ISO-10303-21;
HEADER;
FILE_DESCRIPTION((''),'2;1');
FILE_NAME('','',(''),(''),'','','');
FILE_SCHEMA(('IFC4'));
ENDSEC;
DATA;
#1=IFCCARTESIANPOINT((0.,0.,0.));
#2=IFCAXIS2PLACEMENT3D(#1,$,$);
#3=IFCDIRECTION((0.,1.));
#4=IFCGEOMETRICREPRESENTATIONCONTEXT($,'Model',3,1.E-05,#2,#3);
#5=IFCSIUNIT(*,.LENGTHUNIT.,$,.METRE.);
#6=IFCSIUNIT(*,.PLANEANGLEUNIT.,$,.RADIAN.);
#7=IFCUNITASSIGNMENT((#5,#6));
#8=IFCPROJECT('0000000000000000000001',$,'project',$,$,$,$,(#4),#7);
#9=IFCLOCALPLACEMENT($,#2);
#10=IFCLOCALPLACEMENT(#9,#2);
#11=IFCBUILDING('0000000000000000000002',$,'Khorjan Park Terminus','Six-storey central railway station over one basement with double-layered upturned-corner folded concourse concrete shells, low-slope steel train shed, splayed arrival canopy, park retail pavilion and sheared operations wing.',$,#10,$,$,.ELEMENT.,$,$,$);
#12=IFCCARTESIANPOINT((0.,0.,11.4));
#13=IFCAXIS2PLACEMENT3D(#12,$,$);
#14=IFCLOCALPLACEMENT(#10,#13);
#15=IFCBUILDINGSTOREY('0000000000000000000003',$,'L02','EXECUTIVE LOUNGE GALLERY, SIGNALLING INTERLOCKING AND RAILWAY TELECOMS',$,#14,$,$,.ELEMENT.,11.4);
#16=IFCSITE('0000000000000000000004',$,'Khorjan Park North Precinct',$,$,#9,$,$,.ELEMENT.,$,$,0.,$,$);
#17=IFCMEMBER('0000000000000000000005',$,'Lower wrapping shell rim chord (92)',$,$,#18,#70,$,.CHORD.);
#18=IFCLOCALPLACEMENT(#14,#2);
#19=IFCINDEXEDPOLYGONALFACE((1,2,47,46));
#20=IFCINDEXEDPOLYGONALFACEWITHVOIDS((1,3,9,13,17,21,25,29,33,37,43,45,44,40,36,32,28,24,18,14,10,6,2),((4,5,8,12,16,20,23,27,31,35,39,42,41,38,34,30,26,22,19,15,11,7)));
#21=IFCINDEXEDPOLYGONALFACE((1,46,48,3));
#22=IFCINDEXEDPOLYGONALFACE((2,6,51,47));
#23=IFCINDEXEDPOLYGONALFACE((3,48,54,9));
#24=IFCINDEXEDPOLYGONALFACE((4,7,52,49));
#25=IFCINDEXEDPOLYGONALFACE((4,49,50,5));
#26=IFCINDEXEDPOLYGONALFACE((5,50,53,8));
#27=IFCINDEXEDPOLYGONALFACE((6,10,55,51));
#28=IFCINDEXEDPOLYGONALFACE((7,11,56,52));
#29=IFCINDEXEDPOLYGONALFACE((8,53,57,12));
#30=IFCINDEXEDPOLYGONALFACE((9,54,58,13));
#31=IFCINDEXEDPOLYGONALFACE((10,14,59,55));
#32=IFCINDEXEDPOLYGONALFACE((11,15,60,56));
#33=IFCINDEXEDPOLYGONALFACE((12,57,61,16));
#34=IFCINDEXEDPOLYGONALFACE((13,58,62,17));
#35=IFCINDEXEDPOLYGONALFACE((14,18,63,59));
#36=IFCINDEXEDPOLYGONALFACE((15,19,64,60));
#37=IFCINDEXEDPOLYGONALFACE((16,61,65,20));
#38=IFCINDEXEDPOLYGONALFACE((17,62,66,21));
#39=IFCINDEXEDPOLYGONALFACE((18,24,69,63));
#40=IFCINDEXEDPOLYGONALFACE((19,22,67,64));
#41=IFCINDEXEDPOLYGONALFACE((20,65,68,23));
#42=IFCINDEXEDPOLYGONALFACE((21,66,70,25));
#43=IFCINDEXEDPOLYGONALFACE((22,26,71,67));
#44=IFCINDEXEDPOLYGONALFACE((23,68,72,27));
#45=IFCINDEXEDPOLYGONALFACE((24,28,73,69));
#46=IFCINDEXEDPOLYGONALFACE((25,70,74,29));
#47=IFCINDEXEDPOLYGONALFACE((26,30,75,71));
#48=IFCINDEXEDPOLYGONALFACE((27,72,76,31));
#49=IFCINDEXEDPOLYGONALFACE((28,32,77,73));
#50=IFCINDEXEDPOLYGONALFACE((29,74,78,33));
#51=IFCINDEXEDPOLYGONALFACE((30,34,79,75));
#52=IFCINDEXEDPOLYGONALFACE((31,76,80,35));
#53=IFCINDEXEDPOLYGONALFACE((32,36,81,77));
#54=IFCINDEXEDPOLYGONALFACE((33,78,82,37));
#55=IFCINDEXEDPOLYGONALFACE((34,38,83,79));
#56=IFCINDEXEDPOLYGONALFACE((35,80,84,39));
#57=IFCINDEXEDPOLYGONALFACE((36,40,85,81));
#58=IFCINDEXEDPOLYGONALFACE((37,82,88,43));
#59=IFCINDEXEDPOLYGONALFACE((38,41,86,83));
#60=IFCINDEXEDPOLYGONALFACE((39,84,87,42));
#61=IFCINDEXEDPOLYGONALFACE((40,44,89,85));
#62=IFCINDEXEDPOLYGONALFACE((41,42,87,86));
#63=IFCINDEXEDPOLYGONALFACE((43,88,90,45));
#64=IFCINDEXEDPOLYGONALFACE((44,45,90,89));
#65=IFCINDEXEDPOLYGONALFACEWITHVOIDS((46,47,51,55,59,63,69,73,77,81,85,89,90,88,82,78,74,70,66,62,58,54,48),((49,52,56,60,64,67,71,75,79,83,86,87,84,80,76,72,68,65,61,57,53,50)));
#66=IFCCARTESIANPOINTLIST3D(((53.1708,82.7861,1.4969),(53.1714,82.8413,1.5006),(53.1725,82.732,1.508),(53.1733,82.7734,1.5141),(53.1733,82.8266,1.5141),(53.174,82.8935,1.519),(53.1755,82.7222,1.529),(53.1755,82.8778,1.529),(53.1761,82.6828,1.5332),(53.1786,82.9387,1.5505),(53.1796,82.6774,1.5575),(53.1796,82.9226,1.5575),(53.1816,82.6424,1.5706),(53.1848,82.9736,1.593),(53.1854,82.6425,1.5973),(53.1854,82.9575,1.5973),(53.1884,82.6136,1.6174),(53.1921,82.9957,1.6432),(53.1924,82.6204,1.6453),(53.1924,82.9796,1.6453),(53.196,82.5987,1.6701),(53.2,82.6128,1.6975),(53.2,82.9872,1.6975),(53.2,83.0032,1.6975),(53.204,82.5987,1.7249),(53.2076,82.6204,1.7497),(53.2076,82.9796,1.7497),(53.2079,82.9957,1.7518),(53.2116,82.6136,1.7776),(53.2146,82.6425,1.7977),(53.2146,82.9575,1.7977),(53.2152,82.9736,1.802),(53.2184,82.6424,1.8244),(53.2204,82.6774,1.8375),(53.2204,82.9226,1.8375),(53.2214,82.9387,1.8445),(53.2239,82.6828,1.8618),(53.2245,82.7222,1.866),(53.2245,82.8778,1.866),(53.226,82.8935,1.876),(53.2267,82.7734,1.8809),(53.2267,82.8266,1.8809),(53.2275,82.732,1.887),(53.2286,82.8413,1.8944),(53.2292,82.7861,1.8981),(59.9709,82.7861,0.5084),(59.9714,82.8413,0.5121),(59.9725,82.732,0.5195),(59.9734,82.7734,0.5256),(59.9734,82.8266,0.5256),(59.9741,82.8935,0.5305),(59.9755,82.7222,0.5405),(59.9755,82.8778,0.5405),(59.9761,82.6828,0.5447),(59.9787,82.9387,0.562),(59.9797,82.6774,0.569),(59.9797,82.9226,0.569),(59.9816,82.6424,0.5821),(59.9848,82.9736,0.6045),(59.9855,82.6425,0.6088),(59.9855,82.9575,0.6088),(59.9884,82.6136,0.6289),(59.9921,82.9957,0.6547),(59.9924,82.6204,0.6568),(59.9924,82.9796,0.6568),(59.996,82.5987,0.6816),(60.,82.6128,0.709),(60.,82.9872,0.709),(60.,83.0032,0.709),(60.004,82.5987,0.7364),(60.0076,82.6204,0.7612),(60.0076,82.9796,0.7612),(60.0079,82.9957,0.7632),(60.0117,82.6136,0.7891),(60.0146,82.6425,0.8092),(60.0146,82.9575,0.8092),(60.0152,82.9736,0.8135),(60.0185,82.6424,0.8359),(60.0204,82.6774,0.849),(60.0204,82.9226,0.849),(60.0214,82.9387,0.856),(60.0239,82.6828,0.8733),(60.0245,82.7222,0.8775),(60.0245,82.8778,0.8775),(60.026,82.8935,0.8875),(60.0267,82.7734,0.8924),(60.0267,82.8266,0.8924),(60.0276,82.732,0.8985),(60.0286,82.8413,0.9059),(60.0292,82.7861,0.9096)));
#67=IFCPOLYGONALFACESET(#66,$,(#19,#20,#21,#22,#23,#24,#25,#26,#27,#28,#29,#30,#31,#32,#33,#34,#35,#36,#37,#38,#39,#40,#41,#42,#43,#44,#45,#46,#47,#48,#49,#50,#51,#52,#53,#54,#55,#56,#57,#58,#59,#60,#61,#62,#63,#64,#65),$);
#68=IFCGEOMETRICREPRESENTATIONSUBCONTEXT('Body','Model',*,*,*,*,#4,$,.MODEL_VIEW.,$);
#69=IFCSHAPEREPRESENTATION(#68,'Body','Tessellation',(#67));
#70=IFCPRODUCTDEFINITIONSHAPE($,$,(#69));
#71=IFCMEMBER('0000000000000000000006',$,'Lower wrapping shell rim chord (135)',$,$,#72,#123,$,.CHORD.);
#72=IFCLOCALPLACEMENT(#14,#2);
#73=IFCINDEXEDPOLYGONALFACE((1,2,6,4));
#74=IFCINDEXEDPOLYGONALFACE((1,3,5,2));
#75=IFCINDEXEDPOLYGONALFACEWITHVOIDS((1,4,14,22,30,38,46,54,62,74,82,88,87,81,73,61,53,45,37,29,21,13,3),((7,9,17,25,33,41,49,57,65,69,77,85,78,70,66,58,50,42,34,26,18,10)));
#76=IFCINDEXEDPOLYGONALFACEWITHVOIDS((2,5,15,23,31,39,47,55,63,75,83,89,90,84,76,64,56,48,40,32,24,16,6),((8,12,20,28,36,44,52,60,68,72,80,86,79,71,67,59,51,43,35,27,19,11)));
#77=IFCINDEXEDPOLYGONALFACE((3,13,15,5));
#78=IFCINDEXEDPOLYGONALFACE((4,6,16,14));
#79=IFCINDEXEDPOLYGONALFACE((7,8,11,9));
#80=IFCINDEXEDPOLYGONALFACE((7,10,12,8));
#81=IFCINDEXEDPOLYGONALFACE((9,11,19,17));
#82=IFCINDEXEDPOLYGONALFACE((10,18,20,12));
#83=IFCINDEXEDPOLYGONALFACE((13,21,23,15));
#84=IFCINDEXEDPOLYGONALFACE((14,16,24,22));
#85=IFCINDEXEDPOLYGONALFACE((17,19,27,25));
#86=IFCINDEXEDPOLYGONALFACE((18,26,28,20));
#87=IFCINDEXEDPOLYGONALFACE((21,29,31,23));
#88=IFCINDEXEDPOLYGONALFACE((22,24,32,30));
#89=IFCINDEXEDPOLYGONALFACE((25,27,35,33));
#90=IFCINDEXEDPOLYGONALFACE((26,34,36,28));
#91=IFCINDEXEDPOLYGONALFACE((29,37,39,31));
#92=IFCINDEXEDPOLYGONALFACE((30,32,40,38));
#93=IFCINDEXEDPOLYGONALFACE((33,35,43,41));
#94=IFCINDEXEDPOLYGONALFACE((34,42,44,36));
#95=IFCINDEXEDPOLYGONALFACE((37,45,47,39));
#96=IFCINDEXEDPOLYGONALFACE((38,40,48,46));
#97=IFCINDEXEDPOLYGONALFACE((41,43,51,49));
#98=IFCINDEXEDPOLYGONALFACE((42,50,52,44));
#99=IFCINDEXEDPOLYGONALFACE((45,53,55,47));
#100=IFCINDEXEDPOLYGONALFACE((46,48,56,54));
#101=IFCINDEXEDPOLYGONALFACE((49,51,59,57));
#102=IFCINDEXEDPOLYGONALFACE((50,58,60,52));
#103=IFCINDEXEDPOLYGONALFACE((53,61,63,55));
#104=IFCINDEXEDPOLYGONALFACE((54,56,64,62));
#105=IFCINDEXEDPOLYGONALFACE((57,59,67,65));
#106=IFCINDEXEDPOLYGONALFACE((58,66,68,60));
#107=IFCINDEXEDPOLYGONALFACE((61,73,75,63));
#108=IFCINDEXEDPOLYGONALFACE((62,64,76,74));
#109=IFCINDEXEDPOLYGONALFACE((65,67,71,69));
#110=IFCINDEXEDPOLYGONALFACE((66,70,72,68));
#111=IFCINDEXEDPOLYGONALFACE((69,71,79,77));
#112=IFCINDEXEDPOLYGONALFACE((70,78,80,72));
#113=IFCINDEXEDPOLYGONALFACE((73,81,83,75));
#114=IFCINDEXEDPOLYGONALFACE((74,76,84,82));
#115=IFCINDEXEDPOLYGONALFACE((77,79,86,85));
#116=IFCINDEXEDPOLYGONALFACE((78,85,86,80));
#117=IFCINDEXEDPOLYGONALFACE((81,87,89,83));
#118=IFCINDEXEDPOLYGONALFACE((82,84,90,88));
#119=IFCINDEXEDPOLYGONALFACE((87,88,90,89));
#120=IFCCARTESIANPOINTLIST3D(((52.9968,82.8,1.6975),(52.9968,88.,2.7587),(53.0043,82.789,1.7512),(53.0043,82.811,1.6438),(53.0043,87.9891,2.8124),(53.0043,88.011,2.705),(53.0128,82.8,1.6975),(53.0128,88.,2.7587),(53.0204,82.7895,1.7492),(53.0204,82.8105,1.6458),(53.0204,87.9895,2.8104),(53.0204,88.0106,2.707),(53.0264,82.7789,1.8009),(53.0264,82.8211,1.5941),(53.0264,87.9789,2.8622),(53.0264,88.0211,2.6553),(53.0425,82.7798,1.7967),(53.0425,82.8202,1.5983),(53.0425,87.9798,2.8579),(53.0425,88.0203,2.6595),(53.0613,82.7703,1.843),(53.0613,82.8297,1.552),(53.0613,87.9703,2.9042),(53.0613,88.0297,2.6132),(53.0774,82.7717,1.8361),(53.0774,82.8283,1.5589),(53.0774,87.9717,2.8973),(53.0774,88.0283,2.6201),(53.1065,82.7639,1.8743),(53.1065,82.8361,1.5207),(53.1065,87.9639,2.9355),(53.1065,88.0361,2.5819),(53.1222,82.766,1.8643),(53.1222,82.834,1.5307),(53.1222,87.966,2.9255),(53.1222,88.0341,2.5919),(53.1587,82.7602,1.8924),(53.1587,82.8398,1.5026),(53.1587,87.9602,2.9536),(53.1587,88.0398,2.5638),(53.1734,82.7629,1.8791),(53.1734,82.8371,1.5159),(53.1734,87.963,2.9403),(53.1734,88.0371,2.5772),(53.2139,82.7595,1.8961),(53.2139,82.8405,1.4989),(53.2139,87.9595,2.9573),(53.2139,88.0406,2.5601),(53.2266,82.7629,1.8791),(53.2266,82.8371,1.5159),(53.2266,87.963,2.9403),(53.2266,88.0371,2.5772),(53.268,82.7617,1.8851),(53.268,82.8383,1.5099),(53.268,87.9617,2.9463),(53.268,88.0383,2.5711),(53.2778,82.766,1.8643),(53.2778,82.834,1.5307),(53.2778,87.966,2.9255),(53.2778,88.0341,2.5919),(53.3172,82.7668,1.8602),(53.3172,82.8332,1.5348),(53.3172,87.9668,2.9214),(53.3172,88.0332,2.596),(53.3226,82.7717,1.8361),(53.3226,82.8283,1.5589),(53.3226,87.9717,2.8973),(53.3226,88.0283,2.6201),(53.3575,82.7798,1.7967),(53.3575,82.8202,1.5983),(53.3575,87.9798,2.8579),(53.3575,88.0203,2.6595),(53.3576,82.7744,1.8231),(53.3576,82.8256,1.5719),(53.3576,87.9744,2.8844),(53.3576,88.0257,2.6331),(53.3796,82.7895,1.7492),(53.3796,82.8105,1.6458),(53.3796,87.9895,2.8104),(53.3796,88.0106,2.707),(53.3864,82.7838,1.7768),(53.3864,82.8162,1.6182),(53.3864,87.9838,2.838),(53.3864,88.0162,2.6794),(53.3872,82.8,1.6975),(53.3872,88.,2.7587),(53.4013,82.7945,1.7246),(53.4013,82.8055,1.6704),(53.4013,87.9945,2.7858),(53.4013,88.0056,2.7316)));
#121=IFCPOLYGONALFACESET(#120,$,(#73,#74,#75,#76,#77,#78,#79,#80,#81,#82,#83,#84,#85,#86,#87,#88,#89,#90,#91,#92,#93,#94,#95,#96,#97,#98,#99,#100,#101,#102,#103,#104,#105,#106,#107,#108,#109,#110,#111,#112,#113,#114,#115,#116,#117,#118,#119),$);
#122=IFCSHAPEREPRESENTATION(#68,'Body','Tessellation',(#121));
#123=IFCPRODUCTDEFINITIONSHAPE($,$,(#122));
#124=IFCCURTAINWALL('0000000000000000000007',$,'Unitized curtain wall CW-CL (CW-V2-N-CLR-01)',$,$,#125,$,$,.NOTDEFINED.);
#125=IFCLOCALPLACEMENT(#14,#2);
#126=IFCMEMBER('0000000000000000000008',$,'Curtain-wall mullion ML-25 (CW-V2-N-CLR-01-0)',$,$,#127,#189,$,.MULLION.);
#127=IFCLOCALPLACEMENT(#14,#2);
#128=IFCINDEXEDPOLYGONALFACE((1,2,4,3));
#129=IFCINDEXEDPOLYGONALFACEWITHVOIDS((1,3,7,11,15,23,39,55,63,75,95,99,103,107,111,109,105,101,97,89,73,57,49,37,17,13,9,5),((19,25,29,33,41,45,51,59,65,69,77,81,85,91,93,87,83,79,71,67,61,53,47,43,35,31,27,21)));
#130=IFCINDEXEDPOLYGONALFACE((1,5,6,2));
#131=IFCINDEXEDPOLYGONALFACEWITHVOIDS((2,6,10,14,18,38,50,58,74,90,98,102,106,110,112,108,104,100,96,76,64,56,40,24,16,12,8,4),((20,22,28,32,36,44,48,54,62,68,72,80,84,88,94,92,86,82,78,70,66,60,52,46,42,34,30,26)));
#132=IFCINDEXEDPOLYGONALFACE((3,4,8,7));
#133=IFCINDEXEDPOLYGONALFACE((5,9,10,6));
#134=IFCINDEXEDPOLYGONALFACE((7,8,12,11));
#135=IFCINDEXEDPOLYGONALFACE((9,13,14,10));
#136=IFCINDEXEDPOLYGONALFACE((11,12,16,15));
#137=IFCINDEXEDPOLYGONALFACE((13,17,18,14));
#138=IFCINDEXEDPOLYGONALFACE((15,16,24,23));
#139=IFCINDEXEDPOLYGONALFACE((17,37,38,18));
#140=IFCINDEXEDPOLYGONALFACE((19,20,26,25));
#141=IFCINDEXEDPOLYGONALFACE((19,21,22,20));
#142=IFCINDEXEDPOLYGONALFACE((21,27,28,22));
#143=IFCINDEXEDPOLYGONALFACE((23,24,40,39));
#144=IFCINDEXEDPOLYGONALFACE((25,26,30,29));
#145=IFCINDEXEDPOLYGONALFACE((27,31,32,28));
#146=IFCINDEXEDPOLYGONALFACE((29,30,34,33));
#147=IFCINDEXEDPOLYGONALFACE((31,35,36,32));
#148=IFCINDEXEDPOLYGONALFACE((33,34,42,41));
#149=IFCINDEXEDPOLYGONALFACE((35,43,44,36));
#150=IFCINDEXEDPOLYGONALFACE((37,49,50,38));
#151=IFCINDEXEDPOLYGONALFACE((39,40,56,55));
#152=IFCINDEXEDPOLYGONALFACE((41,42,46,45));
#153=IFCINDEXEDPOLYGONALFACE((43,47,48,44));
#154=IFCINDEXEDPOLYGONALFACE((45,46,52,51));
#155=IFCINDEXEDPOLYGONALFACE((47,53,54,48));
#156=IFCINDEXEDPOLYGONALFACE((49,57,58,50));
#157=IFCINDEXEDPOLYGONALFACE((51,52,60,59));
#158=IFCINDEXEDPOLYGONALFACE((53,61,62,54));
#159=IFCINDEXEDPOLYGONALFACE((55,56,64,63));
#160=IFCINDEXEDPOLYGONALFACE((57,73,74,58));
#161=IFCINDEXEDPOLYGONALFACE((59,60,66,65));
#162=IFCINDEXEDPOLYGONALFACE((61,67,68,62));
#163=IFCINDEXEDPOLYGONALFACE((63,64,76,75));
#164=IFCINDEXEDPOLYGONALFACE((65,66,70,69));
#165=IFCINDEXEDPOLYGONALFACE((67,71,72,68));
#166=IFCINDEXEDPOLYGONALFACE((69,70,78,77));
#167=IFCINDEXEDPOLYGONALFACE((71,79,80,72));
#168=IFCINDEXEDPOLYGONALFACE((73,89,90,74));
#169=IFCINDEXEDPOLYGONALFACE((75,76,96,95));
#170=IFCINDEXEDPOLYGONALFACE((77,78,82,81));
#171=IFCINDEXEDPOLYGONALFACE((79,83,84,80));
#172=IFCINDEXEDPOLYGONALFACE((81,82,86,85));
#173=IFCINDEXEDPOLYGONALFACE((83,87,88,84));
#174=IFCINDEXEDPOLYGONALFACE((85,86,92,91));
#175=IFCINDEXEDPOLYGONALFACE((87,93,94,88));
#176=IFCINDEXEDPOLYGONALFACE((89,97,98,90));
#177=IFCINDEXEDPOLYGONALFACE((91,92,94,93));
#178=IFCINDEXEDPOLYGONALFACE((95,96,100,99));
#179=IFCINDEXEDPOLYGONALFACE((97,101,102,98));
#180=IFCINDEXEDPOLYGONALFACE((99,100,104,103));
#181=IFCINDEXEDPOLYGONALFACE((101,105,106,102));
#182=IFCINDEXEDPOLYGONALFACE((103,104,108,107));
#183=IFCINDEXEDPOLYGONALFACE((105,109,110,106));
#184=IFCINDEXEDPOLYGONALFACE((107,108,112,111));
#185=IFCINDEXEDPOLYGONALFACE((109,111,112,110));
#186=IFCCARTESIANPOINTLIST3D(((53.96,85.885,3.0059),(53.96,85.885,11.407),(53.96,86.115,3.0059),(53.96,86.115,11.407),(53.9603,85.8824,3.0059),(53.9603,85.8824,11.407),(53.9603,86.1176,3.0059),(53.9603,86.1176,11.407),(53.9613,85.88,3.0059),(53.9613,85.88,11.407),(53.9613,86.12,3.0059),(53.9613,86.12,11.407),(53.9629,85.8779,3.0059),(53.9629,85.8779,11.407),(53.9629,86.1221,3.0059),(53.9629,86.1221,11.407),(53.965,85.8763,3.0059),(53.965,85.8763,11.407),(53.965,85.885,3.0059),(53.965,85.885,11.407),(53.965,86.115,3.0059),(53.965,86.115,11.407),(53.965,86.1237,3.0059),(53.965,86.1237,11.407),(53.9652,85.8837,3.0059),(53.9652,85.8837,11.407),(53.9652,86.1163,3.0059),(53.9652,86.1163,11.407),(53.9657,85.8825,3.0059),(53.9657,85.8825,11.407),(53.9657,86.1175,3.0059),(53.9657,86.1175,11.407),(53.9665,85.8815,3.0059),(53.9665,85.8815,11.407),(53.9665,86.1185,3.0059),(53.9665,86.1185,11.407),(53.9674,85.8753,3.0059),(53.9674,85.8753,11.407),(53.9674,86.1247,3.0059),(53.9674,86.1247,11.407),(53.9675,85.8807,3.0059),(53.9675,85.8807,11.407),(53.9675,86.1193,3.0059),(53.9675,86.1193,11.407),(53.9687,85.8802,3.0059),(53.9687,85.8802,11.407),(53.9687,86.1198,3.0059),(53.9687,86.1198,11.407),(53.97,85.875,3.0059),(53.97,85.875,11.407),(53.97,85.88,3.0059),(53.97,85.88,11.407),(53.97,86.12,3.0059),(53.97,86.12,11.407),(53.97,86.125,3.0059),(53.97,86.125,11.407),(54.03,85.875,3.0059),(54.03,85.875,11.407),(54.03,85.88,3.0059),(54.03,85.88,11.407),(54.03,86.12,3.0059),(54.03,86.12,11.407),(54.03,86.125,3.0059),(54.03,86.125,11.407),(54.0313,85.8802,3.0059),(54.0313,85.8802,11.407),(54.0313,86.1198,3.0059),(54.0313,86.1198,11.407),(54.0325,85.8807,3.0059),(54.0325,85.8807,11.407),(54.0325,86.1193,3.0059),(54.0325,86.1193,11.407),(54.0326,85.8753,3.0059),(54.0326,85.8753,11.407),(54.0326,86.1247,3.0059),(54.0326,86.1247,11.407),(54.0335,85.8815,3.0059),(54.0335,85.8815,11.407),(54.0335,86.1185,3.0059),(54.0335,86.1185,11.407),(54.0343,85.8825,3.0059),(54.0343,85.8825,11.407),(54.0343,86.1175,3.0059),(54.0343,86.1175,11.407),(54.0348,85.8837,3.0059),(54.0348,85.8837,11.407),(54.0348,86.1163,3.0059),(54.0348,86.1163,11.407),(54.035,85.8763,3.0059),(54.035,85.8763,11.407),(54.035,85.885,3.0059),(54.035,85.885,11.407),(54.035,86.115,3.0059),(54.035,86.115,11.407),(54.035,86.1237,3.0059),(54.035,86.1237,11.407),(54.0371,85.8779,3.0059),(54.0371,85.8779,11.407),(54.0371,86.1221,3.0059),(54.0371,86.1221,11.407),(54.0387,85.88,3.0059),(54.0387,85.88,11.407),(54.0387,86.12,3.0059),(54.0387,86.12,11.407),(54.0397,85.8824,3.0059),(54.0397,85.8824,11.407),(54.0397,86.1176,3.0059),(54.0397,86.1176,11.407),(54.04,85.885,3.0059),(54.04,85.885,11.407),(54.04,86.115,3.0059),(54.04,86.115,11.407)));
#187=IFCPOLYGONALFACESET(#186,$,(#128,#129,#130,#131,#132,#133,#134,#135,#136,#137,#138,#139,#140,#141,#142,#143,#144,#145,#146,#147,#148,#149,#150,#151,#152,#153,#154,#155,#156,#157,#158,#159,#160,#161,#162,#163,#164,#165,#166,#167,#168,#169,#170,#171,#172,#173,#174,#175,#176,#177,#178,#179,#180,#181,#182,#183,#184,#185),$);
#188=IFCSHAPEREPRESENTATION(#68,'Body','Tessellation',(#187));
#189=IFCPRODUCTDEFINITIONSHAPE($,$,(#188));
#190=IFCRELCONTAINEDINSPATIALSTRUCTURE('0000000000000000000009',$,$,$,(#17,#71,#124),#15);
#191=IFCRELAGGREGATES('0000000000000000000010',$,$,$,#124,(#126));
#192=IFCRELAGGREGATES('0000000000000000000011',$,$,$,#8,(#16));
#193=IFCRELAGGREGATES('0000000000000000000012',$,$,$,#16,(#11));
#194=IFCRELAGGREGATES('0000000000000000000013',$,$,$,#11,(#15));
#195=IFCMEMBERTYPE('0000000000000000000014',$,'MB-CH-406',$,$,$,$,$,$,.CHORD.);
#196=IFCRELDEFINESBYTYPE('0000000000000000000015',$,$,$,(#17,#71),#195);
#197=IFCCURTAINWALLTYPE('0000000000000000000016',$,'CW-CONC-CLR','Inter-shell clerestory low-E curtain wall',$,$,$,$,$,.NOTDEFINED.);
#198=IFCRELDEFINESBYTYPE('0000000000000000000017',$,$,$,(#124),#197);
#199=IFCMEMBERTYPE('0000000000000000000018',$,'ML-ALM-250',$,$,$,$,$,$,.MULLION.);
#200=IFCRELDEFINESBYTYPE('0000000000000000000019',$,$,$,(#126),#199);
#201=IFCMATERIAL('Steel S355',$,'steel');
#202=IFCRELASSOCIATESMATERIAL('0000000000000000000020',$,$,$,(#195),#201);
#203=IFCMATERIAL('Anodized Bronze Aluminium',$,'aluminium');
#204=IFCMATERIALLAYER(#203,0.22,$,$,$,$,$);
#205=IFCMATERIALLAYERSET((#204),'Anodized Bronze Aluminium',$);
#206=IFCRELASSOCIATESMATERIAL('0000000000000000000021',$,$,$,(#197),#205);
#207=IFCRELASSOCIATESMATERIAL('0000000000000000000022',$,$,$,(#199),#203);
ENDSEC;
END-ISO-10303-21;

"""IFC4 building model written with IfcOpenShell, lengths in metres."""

from ifc_helpers import new_model, si_unit, direction, frame, origin, origin_2d, place, context, subcontext, project, spatial, hollow_rectangle, hollow_circle, extrude, material, layer, layer_set, material_profile, profile_set, type_object, element, aggregate, save


model = new_model("IFC4")

# Units and contexts
model_context = context("Model", 3, precision=1e-05, world=origin(), true_north=direction((0.0, 1.0)))
body_context = subcontext(model_context, "Body", "Model", "MODEL_VIEW")
ifc_project = project(units=[si_unit("LENGTHUNIT", "METRE"), si_unit("PLANEANGLEUNIT", "RADIAN")], contexts=[model_context])

# Site, building, storey
site_placement = place(None, origin())
site = spatial("IfcSite", under=ifc_project, at=site_placement, Name="Khorjan Park North Precinct", CompositionType="ELEMENT", RefElevation=0.0)
building_placement = place(site_placement, origin())
building = spatial("IfcBuilding", under=site, at=building_placement, Name="Khorjan Park Terminus", Description="Six-storey central railway station over one basement with double-layered upturned-corner folded concourse concrete shells, low-slope steel train shed, splayed arrival canopy, park retail pavilion and sheared operations wing.", CompositionType="ELEMENT")
storey_placement = place(building_placement, frame((0.0, 0.0, 11.4)))
storey = spatial("IfcBuildingStorey", under=building, at=storey_placement, Name="L02", Description="EXECUTIVE LOUNGE GALLERY, SIGNALLING INTERLOCKING AND RAILWAY TELECOMS", CompositionType="ELEMENT", Elevation=11.4)

# Members
ifc_material_1 = material(Name="Steel S355", Category="steel")
ifc_material_profile_1 = material_profile(ifc_material_1, hollow_circle(Radius=0.2032, WallThickness=0.016, at=origin_2d()), Name="CHS 406.4x16")
ifc_profile_set_1 = profile_set([ifc_material_profile_1], Name="Steel S355")
member_type_1 = type_object("IfcMemberType", Name="MB-CH-406", PredefinedType="CHORD", material=ifc_profile_set_1)
member_1_placement = place(storey_placement, frame((53.2, 82.8, 1.6975), z_axis=(0.989599, 0.0, -0.143856), x_axis=(0.0, 1.0, 0.0)))
element("IfcMember", 1, at=member_1_placement, inside=storey, type_object=member_type_1, Name="Lower wrapping shell rim chord (92)", PredefinedType="CHORD", context=body_context, shape_type="SweptSolid", body=[
    extrude(hollow_circle(Radius=0.2032, WallThickness=0.016, at=origin_2d()), origin(), (0.0, 0.0, 1.0), 6.8715),
])
member_2_placement = place(storey_placement, frame((53.2, 82.8, 1.6975), z_axis=(0.0, 0.979805, 0.199956), x_axis=(-1.0, 0.0, 0.0)))
element("IfcMember", 2, at=member_2_placement, inside=storey, type_object=member_type_1, Name="Lower wrapping shell rim chord (135)", PredefinedType="CHORD", context=body_context, shape_type="SweptSolid", body=[
    extrude(hollow_circle(Radius=0.2032, WallThickness=0.016, at=origin_2d()), origin(), (0.0, 0.0, 1.0), 5.3072),
])

# Curtain wall, member
ifc_material_2 = material(Name="Anodized Bronze Aluminium", Category="aluminium")
ifc_layer_1 = layer(ifc_material_2, 0.22)
ifc_layer_set_1 = layer_set([ifc_layer_1], Name="Anodized Bronze Aluminium")
curtain_wall_type = type_object("IfcCurtainWallType", Name="CW-CONC-CLR", Description="Inter-shell clerestory low-E curtain wall", PredefinedType="NOTDEFINED", material=ifc_layer_set_1)
curtain_wall_1_placement = place(storey_placement, origin())
curtain_wall_1 = element("IfcCurtainWall", 3, at=curtain_wall_1_placement, inside=storey, type_object=curtain_wall_type, Name="Unitized curtain wall CW-CL (CW-V2-N-CLR-01)", PredefinedType="NOTDEFINED")
ifc_material_profile_2 = material_profile(ifc_material_2, hollow_rectangle(XDim=0.08, YDim=0.25, WallThickness=0.005, InnerFilletRadius=0.005, OuterFilletRadius=0.01, at=origin_2d()), Name="ALM 80x250x5")
ifc_profile_set_2 = profile_set([ifc_material_profile_2], Name="Anodized Bronze Aluminium")
member_type_2 = type_object("IfcMemberType", Name="ML-ALM-250", PredefinedType="MULLION", material=ifc_profile_set_2)
member_3_placement = place(storey_placement, frame((54.0, 86.0, 3.0059), z_axis=(0.0, 0.0, 1.0), x_axis=(-1.0, 0.0, 0.0)))
member_3 = element("IfcMember", 4, at=member_3_placement, type_object=member_type_2, Name="Curtain-wall mullion ML-25 (CW-V2-N-CLR-01-0)", PredefinedType="MULLION", context=body_context, shape_type="SweptSolid", body=[
    extrude(hollow_rectangle(XDim=0.08, YDim=0.25, WallThickness=0.005, InnerFilletRadius=0.005, OuterFilletRadius=0.01, at=origin_2d()), origin(), (0.0, 0.0, 1.0), 8.4011),
])

aggregate(curtain_wall_1, [member_3])

save(model, "model.ifc")
